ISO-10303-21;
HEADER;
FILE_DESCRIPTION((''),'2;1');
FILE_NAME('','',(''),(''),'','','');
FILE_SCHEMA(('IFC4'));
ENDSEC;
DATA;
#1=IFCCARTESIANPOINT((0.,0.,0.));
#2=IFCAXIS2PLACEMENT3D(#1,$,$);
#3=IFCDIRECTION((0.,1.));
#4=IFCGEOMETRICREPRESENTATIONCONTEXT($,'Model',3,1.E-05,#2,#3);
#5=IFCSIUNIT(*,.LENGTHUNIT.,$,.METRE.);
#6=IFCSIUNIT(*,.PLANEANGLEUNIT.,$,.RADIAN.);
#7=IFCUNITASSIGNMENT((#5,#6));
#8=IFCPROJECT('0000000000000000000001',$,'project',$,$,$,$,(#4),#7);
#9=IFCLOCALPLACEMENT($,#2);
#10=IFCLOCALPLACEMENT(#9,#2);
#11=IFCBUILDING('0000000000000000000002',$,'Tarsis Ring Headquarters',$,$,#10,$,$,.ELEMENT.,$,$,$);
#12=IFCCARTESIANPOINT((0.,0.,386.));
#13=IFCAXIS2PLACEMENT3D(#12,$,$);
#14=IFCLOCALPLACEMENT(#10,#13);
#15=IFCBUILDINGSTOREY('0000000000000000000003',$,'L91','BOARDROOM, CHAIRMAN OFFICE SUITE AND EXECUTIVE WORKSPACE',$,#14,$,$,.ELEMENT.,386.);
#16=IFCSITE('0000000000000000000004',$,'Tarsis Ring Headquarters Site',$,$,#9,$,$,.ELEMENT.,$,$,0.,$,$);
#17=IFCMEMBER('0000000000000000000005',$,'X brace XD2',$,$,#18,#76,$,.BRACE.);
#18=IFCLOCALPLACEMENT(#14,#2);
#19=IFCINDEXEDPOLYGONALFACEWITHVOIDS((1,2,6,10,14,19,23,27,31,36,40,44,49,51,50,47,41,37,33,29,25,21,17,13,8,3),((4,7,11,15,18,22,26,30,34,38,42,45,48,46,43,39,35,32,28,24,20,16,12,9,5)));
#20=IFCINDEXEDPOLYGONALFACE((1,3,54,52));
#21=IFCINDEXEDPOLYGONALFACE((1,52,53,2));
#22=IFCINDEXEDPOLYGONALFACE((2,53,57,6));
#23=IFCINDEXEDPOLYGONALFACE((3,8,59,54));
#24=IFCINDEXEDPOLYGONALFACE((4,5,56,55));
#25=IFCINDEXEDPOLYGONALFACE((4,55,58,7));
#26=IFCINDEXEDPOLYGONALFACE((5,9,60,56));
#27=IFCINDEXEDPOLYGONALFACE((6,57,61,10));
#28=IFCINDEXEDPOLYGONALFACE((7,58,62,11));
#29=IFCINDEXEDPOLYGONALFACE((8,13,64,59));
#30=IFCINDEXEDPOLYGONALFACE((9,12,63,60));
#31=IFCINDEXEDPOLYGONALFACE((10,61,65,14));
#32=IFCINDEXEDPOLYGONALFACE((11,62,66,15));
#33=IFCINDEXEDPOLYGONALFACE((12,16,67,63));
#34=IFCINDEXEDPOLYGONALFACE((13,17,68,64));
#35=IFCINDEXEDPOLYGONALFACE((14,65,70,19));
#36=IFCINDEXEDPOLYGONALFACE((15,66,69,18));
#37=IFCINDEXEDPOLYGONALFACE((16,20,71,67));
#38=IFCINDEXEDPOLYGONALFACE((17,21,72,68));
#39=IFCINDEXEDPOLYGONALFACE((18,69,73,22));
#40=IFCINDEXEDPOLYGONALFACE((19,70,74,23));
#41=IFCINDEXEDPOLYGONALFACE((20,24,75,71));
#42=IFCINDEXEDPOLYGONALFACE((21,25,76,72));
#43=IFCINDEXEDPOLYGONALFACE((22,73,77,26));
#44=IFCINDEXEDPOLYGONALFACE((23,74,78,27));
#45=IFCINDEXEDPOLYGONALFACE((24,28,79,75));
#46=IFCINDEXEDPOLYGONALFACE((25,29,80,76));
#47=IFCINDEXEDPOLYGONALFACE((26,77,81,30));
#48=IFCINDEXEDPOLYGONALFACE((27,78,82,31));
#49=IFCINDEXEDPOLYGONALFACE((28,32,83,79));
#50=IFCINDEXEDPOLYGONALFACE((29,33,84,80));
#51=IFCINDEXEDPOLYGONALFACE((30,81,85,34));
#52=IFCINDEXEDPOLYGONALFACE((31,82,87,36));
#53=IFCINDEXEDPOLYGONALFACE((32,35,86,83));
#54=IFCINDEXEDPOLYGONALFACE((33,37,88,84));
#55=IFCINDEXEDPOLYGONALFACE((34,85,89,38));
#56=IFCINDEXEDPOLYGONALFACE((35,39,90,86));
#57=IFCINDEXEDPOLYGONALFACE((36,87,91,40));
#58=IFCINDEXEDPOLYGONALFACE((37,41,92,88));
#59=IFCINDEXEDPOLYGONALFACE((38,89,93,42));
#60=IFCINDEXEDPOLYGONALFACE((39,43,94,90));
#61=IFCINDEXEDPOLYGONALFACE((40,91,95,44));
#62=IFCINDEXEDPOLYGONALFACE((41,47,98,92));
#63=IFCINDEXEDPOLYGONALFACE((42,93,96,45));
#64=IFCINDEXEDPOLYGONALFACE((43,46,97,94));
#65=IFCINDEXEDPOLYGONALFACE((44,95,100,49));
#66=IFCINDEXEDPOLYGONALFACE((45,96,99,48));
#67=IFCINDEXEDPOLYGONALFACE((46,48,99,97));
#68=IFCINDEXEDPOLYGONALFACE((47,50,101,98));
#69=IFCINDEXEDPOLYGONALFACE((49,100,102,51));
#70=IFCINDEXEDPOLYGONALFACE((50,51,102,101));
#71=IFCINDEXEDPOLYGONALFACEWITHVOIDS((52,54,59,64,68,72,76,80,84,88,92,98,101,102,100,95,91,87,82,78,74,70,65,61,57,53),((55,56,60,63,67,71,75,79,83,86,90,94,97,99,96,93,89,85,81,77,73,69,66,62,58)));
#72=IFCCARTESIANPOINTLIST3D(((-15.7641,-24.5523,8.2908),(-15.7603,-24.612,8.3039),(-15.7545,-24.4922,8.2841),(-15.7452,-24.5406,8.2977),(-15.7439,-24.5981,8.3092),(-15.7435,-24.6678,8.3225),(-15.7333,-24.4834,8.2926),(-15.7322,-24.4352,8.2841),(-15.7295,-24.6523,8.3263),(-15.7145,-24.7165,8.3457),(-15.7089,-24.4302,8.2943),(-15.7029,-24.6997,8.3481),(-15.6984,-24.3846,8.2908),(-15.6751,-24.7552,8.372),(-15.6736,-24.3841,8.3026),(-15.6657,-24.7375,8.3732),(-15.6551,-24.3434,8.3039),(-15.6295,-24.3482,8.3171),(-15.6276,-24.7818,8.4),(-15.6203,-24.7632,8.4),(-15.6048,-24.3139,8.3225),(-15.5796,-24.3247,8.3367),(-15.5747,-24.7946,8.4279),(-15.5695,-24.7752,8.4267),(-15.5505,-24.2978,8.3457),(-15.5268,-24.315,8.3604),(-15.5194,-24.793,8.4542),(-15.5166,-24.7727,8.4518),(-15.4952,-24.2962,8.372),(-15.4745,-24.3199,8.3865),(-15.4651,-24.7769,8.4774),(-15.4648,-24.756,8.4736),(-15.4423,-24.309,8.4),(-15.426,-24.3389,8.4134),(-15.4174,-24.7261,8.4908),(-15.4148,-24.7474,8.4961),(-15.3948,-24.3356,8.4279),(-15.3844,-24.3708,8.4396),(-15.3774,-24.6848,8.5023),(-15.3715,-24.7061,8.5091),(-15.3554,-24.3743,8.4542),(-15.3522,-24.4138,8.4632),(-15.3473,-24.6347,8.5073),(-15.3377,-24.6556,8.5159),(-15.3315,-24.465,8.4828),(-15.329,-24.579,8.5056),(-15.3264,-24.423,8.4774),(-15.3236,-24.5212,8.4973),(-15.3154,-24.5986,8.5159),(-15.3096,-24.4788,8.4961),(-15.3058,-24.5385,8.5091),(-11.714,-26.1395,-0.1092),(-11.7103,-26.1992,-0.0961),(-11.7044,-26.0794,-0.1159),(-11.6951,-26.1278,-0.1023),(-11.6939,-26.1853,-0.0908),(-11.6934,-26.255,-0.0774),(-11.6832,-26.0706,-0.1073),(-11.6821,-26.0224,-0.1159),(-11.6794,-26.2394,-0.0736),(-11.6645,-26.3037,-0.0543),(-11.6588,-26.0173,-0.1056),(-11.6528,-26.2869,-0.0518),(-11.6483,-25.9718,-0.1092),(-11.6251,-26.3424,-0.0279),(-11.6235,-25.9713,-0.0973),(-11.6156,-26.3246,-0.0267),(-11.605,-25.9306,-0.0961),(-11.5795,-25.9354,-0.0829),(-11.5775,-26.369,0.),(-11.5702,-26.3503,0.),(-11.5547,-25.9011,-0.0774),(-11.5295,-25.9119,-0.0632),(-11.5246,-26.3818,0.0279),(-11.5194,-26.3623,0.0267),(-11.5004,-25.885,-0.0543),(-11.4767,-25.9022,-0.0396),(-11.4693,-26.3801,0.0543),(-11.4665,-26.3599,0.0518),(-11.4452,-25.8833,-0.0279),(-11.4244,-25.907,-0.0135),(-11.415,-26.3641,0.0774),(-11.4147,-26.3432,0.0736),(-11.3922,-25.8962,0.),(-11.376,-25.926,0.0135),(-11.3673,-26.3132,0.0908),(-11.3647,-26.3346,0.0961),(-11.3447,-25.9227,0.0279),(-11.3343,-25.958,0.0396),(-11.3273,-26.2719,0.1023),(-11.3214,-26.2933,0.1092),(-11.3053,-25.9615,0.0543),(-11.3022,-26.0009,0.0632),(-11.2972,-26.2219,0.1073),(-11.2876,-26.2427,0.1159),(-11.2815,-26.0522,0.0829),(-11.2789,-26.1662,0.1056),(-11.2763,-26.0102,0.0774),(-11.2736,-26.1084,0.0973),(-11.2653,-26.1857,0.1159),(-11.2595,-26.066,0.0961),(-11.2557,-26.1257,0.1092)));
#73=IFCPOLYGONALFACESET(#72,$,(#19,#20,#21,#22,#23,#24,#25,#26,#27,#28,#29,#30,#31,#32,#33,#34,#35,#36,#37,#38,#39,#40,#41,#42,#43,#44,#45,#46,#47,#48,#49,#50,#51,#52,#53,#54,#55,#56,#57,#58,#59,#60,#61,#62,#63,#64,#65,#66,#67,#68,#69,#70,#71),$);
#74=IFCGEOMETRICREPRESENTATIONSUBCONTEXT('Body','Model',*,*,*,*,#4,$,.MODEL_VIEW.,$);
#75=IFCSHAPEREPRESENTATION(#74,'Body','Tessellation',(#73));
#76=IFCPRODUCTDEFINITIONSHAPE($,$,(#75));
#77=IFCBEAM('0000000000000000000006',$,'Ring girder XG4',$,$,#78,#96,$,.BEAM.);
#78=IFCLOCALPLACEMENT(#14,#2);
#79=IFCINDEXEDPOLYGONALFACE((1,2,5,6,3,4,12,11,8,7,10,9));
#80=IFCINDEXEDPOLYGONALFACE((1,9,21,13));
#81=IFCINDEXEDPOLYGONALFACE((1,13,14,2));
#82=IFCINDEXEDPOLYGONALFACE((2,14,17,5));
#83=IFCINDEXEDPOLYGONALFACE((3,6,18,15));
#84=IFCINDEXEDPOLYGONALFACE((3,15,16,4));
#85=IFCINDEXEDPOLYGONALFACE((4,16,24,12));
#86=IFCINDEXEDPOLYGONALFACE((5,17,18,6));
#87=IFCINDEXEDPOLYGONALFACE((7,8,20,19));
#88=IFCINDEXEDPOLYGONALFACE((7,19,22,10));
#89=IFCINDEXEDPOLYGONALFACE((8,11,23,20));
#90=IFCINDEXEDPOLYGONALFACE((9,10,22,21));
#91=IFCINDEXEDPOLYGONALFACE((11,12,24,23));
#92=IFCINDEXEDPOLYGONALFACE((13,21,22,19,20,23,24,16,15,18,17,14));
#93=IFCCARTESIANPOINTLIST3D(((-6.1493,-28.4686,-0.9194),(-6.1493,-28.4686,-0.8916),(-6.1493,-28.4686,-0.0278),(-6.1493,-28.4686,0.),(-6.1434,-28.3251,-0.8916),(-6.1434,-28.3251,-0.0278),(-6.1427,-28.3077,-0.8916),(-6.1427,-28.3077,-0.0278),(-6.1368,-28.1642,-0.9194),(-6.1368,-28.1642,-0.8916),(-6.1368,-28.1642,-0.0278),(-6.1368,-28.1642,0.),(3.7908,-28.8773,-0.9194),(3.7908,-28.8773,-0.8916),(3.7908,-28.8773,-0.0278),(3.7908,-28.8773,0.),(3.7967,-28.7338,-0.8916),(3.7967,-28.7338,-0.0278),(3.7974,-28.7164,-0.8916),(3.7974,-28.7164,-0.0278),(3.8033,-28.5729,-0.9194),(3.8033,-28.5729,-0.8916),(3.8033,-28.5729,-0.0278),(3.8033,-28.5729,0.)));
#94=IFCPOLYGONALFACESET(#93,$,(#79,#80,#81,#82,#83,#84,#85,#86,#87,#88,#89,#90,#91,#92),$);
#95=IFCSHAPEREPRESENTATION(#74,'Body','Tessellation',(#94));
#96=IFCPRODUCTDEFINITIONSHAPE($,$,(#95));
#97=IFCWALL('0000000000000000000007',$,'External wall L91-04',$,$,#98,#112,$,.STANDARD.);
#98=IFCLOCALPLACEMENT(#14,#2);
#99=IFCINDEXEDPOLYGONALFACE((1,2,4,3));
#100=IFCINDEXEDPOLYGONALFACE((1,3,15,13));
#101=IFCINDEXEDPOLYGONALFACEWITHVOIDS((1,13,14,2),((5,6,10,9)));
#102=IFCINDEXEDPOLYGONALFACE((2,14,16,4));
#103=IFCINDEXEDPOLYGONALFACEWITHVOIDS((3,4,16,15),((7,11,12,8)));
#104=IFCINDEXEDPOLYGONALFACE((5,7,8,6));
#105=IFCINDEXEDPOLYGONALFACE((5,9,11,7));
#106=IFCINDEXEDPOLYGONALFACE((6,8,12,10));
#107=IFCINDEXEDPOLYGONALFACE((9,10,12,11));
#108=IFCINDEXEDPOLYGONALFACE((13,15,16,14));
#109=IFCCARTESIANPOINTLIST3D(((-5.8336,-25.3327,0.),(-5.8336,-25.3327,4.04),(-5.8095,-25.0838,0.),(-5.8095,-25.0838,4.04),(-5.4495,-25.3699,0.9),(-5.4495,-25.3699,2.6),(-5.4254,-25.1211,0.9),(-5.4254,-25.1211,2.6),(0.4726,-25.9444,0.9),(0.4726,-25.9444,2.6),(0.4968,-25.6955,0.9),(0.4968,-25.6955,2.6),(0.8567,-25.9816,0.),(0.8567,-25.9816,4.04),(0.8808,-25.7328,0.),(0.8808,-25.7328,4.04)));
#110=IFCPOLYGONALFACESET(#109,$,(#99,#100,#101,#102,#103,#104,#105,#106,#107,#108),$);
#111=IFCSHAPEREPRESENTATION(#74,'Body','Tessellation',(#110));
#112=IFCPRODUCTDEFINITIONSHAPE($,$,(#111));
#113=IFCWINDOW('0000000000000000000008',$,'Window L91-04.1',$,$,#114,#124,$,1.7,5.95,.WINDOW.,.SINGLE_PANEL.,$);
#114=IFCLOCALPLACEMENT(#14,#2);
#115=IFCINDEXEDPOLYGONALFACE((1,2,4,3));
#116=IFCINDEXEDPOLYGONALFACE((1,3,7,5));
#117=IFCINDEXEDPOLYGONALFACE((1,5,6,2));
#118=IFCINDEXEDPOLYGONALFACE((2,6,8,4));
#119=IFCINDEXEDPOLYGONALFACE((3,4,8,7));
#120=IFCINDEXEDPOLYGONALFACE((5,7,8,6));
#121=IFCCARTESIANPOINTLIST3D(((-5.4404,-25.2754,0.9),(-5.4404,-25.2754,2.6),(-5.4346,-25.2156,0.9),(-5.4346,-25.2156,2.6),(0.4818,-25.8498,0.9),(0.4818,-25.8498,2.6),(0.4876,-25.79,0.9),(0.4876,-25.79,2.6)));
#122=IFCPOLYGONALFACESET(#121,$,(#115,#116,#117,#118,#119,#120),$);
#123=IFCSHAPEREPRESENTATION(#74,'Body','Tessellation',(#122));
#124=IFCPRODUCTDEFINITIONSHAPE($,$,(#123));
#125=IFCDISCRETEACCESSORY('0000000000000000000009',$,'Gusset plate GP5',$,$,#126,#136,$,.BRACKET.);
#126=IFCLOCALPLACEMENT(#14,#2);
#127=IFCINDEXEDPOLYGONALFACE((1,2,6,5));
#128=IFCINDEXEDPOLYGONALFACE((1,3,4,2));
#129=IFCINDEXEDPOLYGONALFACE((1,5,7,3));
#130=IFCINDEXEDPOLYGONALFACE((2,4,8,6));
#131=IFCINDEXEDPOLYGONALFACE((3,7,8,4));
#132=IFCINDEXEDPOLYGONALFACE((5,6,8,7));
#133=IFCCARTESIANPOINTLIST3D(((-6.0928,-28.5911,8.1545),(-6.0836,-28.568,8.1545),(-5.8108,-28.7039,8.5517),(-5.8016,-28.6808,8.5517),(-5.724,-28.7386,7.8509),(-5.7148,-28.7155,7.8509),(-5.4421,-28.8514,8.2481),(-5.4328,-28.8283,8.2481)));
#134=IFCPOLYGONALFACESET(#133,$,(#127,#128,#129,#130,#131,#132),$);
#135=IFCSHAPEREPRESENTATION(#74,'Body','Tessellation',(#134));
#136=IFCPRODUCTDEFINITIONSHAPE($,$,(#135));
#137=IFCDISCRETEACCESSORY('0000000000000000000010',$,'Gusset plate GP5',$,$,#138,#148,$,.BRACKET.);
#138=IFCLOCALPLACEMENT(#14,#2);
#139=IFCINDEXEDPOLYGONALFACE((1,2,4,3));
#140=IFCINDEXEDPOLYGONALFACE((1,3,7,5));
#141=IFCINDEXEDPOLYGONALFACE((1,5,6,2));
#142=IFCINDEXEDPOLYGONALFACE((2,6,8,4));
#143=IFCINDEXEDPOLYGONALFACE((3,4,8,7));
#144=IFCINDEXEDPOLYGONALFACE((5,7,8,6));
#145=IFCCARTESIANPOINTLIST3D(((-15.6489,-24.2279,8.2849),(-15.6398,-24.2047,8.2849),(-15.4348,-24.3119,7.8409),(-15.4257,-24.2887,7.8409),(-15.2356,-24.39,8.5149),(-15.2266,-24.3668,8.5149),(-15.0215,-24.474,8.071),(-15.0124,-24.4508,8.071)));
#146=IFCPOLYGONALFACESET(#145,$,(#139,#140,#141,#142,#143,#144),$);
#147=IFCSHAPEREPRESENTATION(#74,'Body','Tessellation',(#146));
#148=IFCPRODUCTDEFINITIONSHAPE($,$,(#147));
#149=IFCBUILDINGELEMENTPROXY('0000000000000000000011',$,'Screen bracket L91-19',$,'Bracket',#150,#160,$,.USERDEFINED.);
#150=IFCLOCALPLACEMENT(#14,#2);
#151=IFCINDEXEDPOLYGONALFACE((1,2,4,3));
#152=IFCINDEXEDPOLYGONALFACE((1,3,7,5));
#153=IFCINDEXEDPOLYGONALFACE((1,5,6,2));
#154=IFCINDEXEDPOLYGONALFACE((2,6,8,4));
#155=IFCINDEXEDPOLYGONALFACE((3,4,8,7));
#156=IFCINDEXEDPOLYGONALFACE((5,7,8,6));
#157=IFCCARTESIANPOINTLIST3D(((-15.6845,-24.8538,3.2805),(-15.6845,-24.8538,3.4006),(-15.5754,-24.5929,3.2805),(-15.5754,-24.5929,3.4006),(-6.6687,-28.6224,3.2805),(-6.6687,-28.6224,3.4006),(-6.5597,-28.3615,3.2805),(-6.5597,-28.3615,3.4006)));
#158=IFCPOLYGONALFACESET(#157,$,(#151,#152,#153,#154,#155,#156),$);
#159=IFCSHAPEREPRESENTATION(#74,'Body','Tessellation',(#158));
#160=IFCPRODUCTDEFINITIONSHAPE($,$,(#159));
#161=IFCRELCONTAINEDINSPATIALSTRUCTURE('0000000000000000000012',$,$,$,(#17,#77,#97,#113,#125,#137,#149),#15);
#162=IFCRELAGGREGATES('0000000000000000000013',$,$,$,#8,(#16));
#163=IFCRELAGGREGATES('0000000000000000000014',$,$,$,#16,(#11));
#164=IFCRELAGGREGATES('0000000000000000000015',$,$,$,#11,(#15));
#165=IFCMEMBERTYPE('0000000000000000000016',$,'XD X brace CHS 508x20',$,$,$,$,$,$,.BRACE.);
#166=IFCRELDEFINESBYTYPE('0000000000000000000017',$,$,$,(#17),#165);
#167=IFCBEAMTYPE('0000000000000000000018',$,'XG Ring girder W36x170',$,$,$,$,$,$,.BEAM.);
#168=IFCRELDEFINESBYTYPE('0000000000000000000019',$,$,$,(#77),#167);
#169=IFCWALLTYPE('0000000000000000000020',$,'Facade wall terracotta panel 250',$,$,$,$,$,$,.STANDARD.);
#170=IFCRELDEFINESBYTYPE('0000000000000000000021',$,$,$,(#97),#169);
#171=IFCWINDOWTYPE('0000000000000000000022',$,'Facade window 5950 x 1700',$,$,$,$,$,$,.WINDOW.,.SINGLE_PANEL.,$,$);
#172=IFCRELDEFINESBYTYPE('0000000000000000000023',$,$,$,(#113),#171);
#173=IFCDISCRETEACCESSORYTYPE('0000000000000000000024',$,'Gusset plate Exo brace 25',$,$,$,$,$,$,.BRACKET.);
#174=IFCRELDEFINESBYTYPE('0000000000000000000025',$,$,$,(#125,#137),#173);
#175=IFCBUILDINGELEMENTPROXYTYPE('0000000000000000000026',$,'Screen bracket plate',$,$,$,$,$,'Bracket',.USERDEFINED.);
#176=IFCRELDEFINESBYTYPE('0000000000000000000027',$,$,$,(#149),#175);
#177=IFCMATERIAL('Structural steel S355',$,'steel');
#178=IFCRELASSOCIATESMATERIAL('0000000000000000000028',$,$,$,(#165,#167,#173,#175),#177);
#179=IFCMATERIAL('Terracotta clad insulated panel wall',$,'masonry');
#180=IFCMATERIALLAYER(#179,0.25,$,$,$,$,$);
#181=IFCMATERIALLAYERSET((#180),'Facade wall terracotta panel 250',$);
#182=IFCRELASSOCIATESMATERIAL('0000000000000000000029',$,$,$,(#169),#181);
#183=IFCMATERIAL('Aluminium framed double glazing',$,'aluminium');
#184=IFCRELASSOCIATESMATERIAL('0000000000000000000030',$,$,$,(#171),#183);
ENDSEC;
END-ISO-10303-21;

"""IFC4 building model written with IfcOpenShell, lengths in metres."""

from ifc_helpers import new_model, si_unit, direction, frame, frame_2d, origin, origin_2d, place, context, subcontext, project, spatial, rectangle, hollow_circle, i_section, extrude, material, layer, layer_set, material_profile, profile_set, type_object, element, fill, save


model = new_model("IFC4")

# Units and contexts
model_context = context("Model", 3, precision=1e-05, world=origin(), true_north=direction((0.0, 1.0)))
body_context = subcontext(model_context, "Body", "Model", "MODEL_VIEW")
ifc_project = project(units=[si_unit("LENGTHUNIT", "METRE"), si_unit("PLANEANGLEUNIT", "RADIAN")], contexts=[model_context])

# Site, building, storey
site_placement = place(None, origin())
site = spatial("IfcSite", under=ifc_project, at=site_placement, Name="Tarsis Ring Headquarters Site", CompositionType="ELEMENT", RefElevation=0.0)
building_placement = place(site_placement, origin())
building = spatial("IfcBuilding", under=site, at=building_placement, Name="Tarsis Ring Headquarters", CompositionType="ELEMENT")
storey_placement = place(building_placement, frame((0.0, 0.0, 386.0)))
storey = spatial("IfcBuildingStorey", under=building, at=storey_placement, Name="L91", Description="BOARDROOM, CHAIRMAN OFFICE SUITE AND EXECUTIVE WORKSPACE", CompositionType="ELEMENT", Elevation=386.0)

# Shared definitions
ifc_material_1 = material(Name="Structural steel S355", Category="steel")

# Member
ifc_material_profile_1 = material_profile(ifc_material_1, hollow_circle(Radius=0.2539, WallThickness=0.02, at=origin_2d()), Name="CHS 508x20")
ifc_profile_set_1 = profile_set([ifc_material_profile_1], Name="Structural steel S355")
member_type = type_object("IfcMemberType", Name="XD X brace CHS 508x20", PredefinedType="BRACE", material=ifc_profile_set_1)
member_1_placement = place(storey_placement, frame((-11.4849, -26.1326, 0.0), z_axis=(-0.428151, 0.167786, 0.887995), x_axis=(-0.364869, -0.931059, 0.0)))
element("IfcMember", 1, at=member_1_placement, inside=storey, type_object=member_type, Name="X brace XD2", PredefinedType="BRACE", context=body_context, shape_type="SweptSolid", body=[
    extrude(hollow_circle(Radius=0.2539, WallThickness=0.02, at=origin_2d()), origin(), (0.0, 0.0, 1.0), 9.4595),
])

# Beam
ifc_material_profile_2 = material_profile(ifc_material_1, i_section(OverallWidth=0.3047, OverallDepth=0.9194, WebThickness=0.0173, FlangeThickness=0.0278, at=origin_2d()), Name="W36x170")
ifc_profile_set_2 = profile_set([ifc_material_profile_2], Name="Structural steel S355")
beam_type_1 = type_object("IfcBeamType", Name="XG Ring girder W36x170", PredefinedType="BEAM", material=ifc_profile_set_2)
beam_1_placement = place(storey_placement, frame((-6.1431, -28.3164, -0.4597), z_axis=(0.999156, -0.04108, 0.0), x_axis=(0.04108, 0.999156, 0.0)))
element("IfcBeam", 2, at=beam_1_placement, inside=storey, type_object=beam_type_1, Name="Ring girder XG4", PredefinedType="BEAM", context=body_context, shape_type="SweptSolid", body=[
    extrude(i_section(OverallWidth=0.3047, OverallDepth=0.9194, WebThickness=0.0173, FlangeThickness=0.0278, at=origin_2d()), origin(), (0.0, 0.0, 1.0), 9.9485),
])

# Wall, opening, window
ifc_material_2 = material(Name="Terracotta clad insulated panel wall", Category="masonry")
ifc_layer = layer(ifc_material_2, 0.25)
ifc_layer_set = layer_set([ifc_layer], Name="Facade wall terracotta panel 250")
wall_type = type_object("IfcWallType", Name="Facade wall terracotta panel 250", PredefinedType="STANDARD", material=ifc_layer_set)
wall_placement = place(storey_placement, frame((-5.8215, -25.2083, 0.0), z_axis=(0.0, 0.0, 1.0), x_axis=(0.995329, -0.096544, 0.0)))
wall = element("IfcWall", 3, at=wall_placement, inside=storey, type_object=wall_type, Name="External wall L91-04", PredefinedType="STANDARD", context=body_context, shape_type="SweptSolid", body=[
    extrude(rectangle(XDim=6.7217, YDim=0.25, at=frame_2d((3.3608, 0.0))), origin(), (0.0, 0.0, 1.0), 4.04),
])
opening_placement = place(wall_placement, frame((0.3857, 0.0, 0.8999)))
opening = element("IfcOpeningElement", 4, at=opening_placement, cuts=wall, PredefinedType="OPENING", context=body_context, shape_type="SweptSolid", body=[
    extrude(rectangle(XDim=5.95, YDim=1.7, at=frame_2d((2.9751, 0.8501))), frame((0.0, 0.135, 0.0), z_axis=(0.0, -1.0, 0.0), x_axis=(1.0, 0.0, 0.0)), (0.0, 0.0, 1.0), 0.27),
])
ifc_material_3 = material(Name="Aluminium framed double glazing", Category="aluminium")
window_type = type_object("IfcWindowType", Name="Facade window 5950 x 1700", PartitioningType="SINGLE_PANEL", PredefinedType="WINDOW", material=ifc_material_3)
window_placement = place(opening_placement, origin())
window = element("IfcWindow", 5, at=window_placement, inside=storey, type_object=window_type, Name="Window L91-04.1", OverallHeight=1.7, OverallWidth=5.95, PartitioningType="SINGLE_PANEL", PredefinedType="WINDOW", context=body_context, shape_type="SweptSolid", body=[
    extrude(rectangle(XDim=5.95, YDim=1.7, at=frame_2d((2.9751, 0.8501))), frame((0.0, 0.03, 0.0), z_axis=(0.0, -1.0, 0.0), x_axis=(1.0, 0.0, 0.0)), (0.0, 0.0, 1.0), 0.0601),
])
fill(opening, window)

# Discrete accessories
ifc_material_profile_3 = material_profile(ifc_material_1, rectangle(XDim=0.0249, YDim=0.5, at=origin_2d()), Name="PL 25x500")
ifc_profile_set_3 = profile_set([ifc_material_profile_3], Name="Structural steel S355")
discrete_accessory_type = type_object("IfcDiscreteAccessoryType", Name="Gusset plate Exo brace 25", PredefinedType="BRACKET", material=ifc_profile_set_3)
for number, where, z_axis, x_axis, name in (
    (6, (-5.6218, -28.7661, 8.3999), (-0.563945, 0.225578, -0.794406), (-0.371391, -0.928477, 0.0), "Gusset plate GP5"),
    (7, (-15.4377, -24.2974, 8.3999), (0.42831, -0.168003, -0.887877), (0.36516, 0.930945, 0.0), "Gusset plate GP5"),
):
    element("IfcDiscreteAccessory", number, at=place(storey_placement, frame(where, z_axis=z_axis, x_axis=x_axis)), inside=storey, type_object=discrete_accessory_type, Name=name, PredefinedType="BRACKET", context=body_context, shape_type="SweptSolid", body=[
        extrude(rectangle(XDim=0.0249, YDim=0.5, at=origin_2d()), origin(), (0.0, 0.0, 1.0), 0.5),
    ])

# Building element proxy
building_element_proxy_type = type_object("IfcBuildingElementProxyType", Name="Screen bracket plate", ElementType="Bracket", PredefinedType="USERDEFINED", material=ifc_material_1)
proxy_placement = place(storey_placement, frame((-11.1221, -26.6077, 3.2805), z_axis=(0.0, 0.0, 1.0), x_axis=(0.922639, -0.385664, 0.0)))
element("IfcBuildingElementProxy", 8, at=proxy_placement, inside=storey, type_object=building_element_proxy_type, Name="Screen bracket L91-19", ObjectType="Bracket", PredefinedType="USERDEFINED", context=body_context, shape_type="SweptSolid", body=[
    extrude(rectangle(XDim=9.7717, YDim=0.2827, at=origin_2d()), origin(), (0.0, 0.0, 1.0), 0.1201),
])

save(model, "model.ifc")
